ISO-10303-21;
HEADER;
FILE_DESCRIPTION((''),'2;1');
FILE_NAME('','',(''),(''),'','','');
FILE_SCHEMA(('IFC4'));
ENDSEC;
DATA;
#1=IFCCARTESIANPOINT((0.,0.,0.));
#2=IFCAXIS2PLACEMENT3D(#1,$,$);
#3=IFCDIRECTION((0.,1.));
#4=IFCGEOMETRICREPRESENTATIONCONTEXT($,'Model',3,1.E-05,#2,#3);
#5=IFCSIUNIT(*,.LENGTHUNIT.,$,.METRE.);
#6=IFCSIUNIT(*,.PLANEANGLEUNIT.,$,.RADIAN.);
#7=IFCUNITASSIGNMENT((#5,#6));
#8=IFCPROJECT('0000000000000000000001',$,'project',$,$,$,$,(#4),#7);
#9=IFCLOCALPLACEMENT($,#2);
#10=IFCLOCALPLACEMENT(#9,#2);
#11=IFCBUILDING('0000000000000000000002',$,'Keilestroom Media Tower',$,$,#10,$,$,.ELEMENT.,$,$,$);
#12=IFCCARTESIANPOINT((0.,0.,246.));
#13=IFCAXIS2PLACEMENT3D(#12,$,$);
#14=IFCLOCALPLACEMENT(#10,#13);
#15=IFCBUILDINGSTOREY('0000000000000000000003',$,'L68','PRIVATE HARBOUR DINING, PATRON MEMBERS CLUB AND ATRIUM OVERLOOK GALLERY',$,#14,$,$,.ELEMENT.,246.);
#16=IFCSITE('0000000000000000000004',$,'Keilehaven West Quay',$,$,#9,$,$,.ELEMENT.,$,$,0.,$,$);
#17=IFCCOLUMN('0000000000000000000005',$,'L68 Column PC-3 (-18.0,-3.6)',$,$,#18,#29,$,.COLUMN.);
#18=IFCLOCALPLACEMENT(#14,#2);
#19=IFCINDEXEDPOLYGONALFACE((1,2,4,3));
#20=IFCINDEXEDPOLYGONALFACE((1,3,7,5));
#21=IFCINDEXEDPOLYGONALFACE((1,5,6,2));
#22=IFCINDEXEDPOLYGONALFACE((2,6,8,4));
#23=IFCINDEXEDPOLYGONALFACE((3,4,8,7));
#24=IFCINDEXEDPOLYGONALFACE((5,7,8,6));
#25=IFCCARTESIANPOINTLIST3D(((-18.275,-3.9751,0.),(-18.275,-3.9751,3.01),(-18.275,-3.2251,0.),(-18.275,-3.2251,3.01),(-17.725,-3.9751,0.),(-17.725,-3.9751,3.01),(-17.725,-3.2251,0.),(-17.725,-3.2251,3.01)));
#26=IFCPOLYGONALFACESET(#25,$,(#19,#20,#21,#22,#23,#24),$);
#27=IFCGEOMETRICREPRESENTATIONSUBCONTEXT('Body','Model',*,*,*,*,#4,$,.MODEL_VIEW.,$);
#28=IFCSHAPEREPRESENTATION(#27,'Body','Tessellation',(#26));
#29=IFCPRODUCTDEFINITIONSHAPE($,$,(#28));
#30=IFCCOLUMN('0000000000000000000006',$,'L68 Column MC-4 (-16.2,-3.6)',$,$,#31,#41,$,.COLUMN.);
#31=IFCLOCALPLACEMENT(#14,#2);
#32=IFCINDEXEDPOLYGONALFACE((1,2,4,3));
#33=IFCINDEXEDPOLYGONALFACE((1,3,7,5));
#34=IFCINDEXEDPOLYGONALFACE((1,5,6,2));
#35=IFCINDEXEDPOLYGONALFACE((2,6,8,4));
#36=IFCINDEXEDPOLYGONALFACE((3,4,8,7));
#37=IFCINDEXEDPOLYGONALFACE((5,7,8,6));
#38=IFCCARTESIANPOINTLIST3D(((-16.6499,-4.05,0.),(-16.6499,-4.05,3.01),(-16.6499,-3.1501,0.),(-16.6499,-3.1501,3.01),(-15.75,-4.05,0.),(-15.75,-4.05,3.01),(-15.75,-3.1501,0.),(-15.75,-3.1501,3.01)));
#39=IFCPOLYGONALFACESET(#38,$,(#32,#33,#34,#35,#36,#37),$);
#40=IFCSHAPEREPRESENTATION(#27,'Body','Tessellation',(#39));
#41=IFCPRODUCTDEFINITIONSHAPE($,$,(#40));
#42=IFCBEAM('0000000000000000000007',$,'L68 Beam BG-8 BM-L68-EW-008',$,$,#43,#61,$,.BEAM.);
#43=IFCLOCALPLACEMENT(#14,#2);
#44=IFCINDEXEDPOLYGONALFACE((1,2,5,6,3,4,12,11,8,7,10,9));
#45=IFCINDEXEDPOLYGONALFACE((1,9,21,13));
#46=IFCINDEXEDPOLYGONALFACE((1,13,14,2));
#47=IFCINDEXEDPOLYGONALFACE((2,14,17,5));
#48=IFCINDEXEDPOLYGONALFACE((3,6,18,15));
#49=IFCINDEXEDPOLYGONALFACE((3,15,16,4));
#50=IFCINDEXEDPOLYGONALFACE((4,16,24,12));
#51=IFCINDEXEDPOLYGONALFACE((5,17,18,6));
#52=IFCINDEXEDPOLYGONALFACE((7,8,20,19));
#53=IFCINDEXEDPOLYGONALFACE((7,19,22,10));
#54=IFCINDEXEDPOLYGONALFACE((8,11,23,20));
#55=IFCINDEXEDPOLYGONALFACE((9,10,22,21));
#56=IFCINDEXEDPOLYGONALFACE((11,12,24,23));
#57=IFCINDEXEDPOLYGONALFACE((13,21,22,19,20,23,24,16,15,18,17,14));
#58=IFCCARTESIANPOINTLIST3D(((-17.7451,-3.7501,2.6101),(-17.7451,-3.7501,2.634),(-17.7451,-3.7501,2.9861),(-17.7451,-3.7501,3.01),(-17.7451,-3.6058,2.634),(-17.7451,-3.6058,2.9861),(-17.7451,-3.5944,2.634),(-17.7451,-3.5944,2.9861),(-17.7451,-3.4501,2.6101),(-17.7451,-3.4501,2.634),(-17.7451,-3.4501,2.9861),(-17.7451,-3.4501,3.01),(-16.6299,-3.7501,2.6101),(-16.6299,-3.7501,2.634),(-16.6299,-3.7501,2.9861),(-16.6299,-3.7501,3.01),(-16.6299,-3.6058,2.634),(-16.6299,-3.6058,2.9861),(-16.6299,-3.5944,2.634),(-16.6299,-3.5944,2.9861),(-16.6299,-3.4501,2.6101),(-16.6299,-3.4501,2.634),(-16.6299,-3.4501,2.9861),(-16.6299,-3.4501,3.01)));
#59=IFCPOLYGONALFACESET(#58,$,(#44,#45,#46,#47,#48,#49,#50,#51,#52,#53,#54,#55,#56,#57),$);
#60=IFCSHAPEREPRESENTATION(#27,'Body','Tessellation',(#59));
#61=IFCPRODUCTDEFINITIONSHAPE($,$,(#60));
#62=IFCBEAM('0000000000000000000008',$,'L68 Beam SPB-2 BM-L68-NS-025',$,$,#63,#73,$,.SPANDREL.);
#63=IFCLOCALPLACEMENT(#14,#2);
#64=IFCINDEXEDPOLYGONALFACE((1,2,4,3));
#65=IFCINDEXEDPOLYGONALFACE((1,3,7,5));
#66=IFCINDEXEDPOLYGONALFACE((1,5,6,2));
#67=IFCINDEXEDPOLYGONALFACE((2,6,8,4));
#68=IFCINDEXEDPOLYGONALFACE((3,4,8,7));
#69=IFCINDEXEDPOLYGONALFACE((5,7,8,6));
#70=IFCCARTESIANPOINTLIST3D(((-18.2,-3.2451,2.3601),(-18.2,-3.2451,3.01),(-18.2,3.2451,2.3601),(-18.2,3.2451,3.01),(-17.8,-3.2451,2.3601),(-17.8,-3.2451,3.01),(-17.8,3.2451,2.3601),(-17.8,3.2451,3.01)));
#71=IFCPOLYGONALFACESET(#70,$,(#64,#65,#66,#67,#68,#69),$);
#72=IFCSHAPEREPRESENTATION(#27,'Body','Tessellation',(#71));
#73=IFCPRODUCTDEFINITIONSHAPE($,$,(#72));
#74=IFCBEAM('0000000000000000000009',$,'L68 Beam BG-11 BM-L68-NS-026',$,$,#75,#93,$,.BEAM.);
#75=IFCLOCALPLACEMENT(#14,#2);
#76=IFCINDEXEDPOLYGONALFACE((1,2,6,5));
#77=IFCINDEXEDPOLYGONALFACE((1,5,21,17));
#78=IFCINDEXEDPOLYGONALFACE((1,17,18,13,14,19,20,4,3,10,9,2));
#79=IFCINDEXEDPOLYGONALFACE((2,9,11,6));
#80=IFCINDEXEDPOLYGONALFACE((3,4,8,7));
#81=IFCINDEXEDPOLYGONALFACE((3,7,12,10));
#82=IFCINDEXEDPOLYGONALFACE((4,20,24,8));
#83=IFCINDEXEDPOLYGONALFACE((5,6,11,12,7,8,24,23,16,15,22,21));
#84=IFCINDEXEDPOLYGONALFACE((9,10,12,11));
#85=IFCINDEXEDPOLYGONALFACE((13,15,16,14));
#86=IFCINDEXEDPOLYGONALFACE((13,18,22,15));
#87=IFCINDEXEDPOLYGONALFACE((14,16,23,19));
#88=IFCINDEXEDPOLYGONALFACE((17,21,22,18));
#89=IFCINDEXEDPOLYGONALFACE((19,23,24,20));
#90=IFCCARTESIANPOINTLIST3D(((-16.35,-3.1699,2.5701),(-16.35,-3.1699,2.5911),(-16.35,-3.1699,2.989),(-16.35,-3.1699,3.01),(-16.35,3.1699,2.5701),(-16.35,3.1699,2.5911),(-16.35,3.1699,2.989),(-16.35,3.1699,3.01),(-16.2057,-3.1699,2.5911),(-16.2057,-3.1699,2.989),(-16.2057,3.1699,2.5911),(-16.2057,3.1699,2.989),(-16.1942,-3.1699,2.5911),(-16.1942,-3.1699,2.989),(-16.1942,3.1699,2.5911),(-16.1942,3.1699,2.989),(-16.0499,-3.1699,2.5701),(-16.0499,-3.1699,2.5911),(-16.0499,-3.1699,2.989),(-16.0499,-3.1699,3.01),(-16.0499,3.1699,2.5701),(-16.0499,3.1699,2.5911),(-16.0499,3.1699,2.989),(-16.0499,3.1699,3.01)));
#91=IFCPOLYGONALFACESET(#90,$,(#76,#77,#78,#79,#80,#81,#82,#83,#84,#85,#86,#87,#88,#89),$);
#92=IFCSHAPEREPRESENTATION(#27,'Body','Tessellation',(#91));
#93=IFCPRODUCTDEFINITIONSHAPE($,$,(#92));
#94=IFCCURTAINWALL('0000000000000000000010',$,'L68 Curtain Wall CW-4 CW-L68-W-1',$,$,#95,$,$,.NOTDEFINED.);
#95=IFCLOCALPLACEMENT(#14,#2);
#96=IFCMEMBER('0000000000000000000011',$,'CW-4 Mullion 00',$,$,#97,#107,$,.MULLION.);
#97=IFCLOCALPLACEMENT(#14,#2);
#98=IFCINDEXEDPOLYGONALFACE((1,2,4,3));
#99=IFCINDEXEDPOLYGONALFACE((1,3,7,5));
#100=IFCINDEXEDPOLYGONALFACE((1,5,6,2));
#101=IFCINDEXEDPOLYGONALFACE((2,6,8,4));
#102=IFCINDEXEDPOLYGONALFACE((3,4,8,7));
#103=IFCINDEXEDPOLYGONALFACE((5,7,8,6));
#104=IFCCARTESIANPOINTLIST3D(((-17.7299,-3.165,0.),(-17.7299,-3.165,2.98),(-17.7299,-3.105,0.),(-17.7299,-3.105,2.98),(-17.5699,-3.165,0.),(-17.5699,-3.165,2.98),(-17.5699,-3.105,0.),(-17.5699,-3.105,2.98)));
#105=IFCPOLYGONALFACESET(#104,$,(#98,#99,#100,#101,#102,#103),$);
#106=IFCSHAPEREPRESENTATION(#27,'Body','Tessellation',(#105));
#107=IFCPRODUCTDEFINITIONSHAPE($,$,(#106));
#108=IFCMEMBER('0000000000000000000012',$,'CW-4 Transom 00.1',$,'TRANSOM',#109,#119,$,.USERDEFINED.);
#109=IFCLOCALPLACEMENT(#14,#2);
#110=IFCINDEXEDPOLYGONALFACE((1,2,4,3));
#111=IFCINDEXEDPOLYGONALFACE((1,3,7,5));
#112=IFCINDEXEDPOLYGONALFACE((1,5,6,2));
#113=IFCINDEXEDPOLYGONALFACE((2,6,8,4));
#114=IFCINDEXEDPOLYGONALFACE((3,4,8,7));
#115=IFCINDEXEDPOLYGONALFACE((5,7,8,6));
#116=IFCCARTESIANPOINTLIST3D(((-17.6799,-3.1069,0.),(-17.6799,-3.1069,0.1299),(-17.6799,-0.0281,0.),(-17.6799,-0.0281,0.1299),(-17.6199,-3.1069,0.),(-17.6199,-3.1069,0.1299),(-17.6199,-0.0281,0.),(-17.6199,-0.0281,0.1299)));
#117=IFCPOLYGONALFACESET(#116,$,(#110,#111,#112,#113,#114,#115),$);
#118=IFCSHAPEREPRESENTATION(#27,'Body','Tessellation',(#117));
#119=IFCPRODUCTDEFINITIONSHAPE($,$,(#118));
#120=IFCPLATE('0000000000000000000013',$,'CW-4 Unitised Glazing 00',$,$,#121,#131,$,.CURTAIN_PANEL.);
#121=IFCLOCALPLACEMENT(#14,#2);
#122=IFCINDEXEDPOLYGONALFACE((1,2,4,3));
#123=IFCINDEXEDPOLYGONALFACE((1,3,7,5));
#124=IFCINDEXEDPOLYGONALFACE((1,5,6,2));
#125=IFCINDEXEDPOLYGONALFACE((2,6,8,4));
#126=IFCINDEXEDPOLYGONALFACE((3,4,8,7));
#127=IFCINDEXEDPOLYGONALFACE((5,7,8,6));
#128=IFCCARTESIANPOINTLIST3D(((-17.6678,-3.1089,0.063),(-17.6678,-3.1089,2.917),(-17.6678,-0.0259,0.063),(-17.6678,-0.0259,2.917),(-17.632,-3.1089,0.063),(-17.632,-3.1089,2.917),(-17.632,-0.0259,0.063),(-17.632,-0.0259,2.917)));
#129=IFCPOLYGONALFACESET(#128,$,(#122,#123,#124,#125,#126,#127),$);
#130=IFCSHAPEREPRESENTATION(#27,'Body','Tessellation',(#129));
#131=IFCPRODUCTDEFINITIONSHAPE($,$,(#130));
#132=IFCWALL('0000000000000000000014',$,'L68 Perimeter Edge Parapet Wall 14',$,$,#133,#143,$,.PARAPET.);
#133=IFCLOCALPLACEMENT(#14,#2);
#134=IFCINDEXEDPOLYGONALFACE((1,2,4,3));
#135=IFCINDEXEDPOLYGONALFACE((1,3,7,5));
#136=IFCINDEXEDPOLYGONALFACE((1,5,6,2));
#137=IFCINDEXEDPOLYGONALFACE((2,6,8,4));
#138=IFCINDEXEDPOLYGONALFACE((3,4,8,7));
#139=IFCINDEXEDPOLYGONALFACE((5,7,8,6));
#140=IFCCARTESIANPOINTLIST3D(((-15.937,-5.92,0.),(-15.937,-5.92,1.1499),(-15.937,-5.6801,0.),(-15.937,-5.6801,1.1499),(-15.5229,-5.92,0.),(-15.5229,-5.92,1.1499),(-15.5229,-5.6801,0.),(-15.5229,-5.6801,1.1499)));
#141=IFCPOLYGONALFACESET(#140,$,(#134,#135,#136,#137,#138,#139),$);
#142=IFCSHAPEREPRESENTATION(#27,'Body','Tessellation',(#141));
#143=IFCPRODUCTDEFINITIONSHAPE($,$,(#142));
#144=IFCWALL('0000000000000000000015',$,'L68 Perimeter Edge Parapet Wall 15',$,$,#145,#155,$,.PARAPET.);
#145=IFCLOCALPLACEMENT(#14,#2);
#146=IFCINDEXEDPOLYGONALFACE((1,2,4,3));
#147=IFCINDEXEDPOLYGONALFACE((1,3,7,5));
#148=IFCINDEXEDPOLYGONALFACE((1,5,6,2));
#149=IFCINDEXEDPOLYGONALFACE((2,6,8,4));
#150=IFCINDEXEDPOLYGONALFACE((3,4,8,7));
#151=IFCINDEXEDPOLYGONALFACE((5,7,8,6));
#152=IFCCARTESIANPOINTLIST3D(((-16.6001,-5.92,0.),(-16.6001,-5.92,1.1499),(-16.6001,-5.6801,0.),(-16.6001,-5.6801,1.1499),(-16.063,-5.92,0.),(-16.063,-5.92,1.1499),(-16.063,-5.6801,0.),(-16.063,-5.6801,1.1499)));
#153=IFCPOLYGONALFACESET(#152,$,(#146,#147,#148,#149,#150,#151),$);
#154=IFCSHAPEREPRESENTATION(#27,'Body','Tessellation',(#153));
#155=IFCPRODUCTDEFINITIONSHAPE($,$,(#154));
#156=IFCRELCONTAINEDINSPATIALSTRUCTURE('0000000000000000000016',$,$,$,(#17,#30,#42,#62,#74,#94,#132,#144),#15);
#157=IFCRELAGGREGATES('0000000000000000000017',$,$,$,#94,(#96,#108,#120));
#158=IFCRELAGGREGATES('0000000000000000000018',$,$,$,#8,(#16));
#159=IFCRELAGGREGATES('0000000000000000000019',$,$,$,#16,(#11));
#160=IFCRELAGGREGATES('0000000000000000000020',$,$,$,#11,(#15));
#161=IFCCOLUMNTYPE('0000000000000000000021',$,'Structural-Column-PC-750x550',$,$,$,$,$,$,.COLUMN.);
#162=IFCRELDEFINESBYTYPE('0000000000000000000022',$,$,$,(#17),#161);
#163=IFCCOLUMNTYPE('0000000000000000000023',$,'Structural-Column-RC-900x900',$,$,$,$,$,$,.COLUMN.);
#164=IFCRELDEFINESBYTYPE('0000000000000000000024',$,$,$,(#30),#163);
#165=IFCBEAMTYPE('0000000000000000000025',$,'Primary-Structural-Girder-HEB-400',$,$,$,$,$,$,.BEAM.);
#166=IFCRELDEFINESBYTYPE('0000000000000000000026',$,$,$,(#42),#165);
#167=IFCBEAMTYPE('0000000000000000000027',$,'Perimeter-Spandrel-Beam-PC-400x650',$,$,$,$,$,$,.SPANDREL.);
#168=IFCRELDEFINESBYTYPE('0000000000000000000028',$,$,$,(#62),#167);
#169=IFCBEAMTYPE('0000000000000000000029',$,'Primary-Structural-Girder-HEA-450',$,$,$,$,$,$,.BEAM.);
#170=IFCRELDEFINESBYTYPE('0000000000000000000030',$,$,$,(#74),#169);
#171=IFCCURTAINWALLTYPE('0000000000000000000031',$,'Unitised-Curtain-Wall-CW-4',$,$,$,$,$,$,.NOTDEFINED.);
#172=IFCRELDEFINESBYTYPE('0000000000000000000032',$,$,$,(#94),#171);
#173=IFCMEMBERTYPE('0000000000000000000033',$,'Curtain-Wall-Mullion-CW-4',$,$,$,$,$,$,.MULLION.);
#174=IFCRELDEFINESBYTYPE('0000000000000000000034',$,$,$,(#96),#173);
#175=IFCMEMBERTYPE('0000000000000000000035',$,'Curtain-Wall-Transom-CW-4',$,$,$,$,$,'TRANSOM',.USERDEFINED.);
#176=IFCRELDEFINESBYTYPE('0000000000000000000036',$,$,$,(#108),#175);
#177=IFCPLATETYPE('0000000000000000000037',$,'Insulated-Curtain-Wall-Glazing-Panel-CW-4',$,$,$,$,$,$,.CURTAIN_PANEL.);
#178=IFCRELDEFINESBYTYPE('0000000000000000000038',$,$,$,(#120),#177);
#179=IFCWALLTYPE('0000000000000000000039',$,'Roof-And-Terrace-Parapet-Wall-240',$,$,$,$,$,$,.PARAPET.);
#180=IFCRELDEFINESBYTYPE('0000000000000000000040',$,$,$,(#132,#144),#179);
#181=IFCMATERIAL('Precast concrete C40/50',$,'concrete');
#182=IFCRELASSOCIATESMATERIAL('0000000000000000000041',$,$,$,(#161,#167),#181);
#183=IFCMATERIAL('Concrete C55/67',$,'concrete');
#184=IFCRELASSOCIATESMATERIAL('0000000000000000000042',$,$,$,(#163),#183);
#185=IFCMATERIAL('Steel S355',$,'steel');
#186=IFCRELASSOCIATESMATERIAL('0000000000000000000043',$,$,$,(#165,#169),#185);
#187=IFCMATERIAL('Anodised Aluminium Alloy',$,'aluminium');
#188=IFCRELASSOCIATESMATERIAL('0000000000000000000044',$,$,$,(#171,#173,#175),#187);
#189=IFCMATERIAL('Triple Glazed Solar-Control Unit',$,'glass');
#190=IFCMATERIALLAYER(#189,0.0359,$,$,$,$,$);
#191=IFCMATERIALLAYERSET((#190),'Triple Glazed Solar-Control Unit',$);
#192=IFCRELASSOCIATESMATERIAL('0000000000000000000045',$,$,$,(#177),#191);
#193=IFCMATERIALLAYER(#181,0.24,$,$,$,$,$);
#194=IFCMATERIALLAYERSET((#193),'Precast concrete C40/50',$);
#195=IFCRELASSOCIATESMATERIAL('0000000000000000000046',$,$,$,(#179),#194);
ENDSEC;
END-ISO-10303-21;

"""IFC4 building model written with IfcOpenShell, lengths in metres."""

from ifc_helpers import new_model, si_unit, direction, frame, frame_2d, origin, origin_2d, place, context, subcontext, project, spatial, rectangle, i_section, extrude, source, transform, mapped, material, layer, layer_set, material_profile, profile_set, type_object, element, aggregate, save


model = new_model("IFC4")

# Units and contexts
model_context = context("Model", 3, precision=1e-05, world=origin(), true_north=direction((0.0, 1.0)))
body_context = subcontext(model_context, "Body", "Model", "MODEL_VIEW")
ifc_project = project(units=[si_unit("LENGTHUNIT", "METRE"), si_unit("PLANEANGLEUNIT", "RADIAN")], contexts=[model_context])

# Site, building, storey
site_placement = place(None, origin())
site = spatial("IfcSite", under=ifc_project, at=site_placement, Name="Keilehaven West Quay", CompositionType="ELEMENT", RefElevation=0.0)
building_placement = place(site_placement, origin())
building = spatial("IfcBuilding", under=site, at=building_placement, Name="Keilestroom Media Tower", CompositionType="ELEMENT")
storey_placement = place(building_placement, frame((0.0, 0.0, 246.0)))
storey = spatial("IfcBuildingStorey", under=building, at=storey_placement, Name="L68", Description="PRIVATE HARBOUR DINING, PATRON MEMBERS CLUB AND ATRIUM OVERLOOK GALLERY", CompositionType="ELEMENT", Elevation=246.0)

# Columns
ifc_material_1 = material(Name="Precast concrete C40/50", Category="concrete")
ifc_material_profile_1 = material_profile(ifc_material_1, rectangle(XDim=0.55, YDim=0.75, at=origin_2d()), Name="PC 750x550")
ifc_profile_set_1 = profile_set([ifc_material_profile_1], Name="Precast concrete C40/50")
column_type_1 = type_object("IfcColumnType", Name="Structural-Column-PC-750x550", PredefinedType="COLUMN", material=ifc_profile_set_1)
shared_shape_1 = source(origin(), body_context, "Body", "SweptSolid", [
    extrude(rectangle(XDim=0.55, YDim=0.75, at=origin_2d()), origin(), (0.0, 0.0, 1.0), 3.01),
])
column_1_placement = place(storey_placement, frame((-18.0, -3.6001, 0.0), z_axis=(0.0, 0.0, 1.0), x_axis=(1.0, 0.0, 0.0)))
element("IfcColumn", 1, at=column_1_placement, inside=storey, type_object=column_type_1, Name="L68 Column PC-3 (-18.0,-3.6)", PredefinedType="COLUMN", context=body_context, shape_type="MappedRepresentation", body=[
    mapped(shared_shape_1, transform((0.0, 0.0, 0.0), x_axis=(1.0, 0.0, 0.0), y_axis=(0.0, 1.0, 0.0), z_axis=(0.0, 0.0, 1.0), scale=1.0)),
])
ifc_material_2 = material(Name="Concrete C55/67", Category="concrete")
ifc_material_profile_2 = material_profile(ifc_material_2, rectangle(XDim=0.8999, YDim=0.8999, at=origin_2d()), Name="RC 900x900")
ifc_profile_set_2 = profile_set([ifc_material_profile_2], Name="Concrete C55/67")
column_type_2 = type_object("IfcColumnType", Name="Structural-Column-RC-900x900", PredefinedType="COLUMN", material=ifc_profile_set_2)
shared_shape_2 = source(origin(), body_context, "Body", "SweptSolid", [
    extrude(rectangle(XDim=0.8999, YDim=0.8999, at=origin_2d()), origin(), (0.0, 0.0, 1.0), 3.01),
])
column_2_placement = place(storey_placement, frame((-16.2, -3.6001, 0.0), z_axis=(0.0, 0.0, 1.0), x_axis=(1.0, 0.0, 0.0)))
element("IfcColumn", 2, at=column_2_placement, inside=storey, type_object=column_type_2, Name="L68 Column MC-4 (-16.2,-3.6)", PredefinedType="COLUMN", context=body_context, shape_type="MappedRepresentation", body=[
    mapped(shared_shape_2, transform((0.0, 0.0, 0.0), x_axis=(1.0, 0.0, 0.0), y_axis=(0.0, 1.0, 0.0), z_axis=(0.0, 0.0, 1.0), scale=1.0)),
])

# Beams
ifc_material_3 = material(Name="Steel S355", Category="steel")
ifc_material_profile_3 = material_profile(ifc_material_3, i_section(OverallWidth=0.3, OverallDepth=0.3999, WebThickness=0.0115, FlangeThickness=0.0239, at=origin_2d()), Name="HEB 400")
ifc_profile_set_3 = profile_set([ifc_material_profile_3], Name="Steel S355")
beam_type_1 = type_object("IfcBeamType", Name="Primary-Structural-Girder-HEB-400", PredefinedType="BEAM", material=ifc_profile_set_3)
shared_shape_3 = source(origin(), body_context, "Body", "SweptSolid", [
    extrude(i_section(OverallWidth=0.3, OverallDepth=0.3999, WebThickness=0.0115, FlangeThickness=0.0239, at=origin_2d()), origin(), (0.0, 0.0, 1.0), 1.1152),
])
beam_1_placement = place(storey_placement, frame((-17.7451, -3.6001, 2.8101), z_axis=(1.0, 0.0, 0.0), x_axis=(0.0, 1.0, 0.0)))
element("IfcBeam", 3, at=beam_1_placement, inside=storey, type_object=beam_type_1, Name="L68 Beam BG-8 BM-L68-EW-008", PredefinedType="BEAM", context=body_context, shape_type="MappedRepresentation", body=[
    mapped(shared_shape_3, transform((0.0, 0.0, 0.0), x_axis=(1.0, 0.0, 0.0), y_axis=(0.0, 1.0, 0.0), z_axis=(0.0, 0.0, 1.0), scale=1.0)),
])
ifc_material_profile_4 = material_profile(ifc_material_1, rectangle(XDim=0.3999, YDim=0.6499, at=origin_2d()), Name="PC 400x650")
ifc_profile_set_4 = profile_set([ifc_material_profile_4], Name="Precast concrete C40/50")
beam_type_2 = type_object("IfcBeamType", Name="Perimeter-Spandrel-Beam-PC-400x650", PredefinedType="SPANDREL", material=ifc_profile_set_4)
shared_shape_4 = source(origin(), body_context, "Body", "SweptSolid", [
    extrude(rectangle(XDim=0.3999, YDim=0.6499, at=origin_2d()), origin(), (0.0, 0.0, 1.0), 6.4902),
])
beam_2_placement = place(storey_placement, frame((-18.0, -3.2451, 2.6851), z_axis=(0.0, 1.0, 0.0), x_axis=(-1.0, 0.0, 0.0)))
element("IfcBeam", 4, at=beam_2_placement, inside=storey, type_object=beam_type_2, Name="L68 Beam SPB-2 BM-L68-NS-025", PredefinedType="SPANDREL", context=body_context, shape_type="MappedRepresentation", body=[
    mapped(shared_shape_4, transform((0.0, 0.0, 0.0), x_axis=(1.0, 0.0, 0.0), y_axis=(0.0, 1.0, 0.0), z_axis=(0.0, 0.0, 1.0), scale=1.0)),
])
ifc_material_profile_5 = material_profile(ifc_material_3, i_section(OverallWidth=0.3, OverallDepth=0.4399, WebThickness=0.0115, FlangeThickness=0.021, at=origin_2d()), Name="HEA 450")
ifc_profile_set_5 = profile_set([ifc_material_profile_5], Name="Steel S355")
beam_type_3 = type_object("IfcBeamType", Name="Primary-Structural-Girder-HEA-450", PredefinedType="BEAM", material=ifc_profile_set_5)
shared_shape_5 = source(origin(), body_context, "Body", "SweptSolid", [
    extrude(i_section(OverallWidth=0.3, OverallDepth=0.4399, WebThickness=0.0115, FlangeThickness=0.021, at=origin_2d()), origin(), (0.0, 0.0, 1.0), 6.3398),
])
beam_3_placement = place(storey_placement, frame((-16.2, -3.1699, 2.79), z_axis=(0.0, 1.0, 0.0), x_axis=(-1.0, 0.0, 0.0)))
element("IfcBeam", 5, at=beam_3_placement, inside=storey, type_object=beam_type_3, Name="L68 Beam BG-11 BM-L68-NS-026", PredefinedType="BEAM", context=body_context, shape_type="MappedRepresentation", body=[
    mapped(shared_shape_5, transform((0.0, 0.0, 0.0), x_axis=(1.0, 0.0, 0.0), y_axis=(0.0, 1.0, 0.0), z_axis=(0.0, 0.0, 1.0), scale=1.0)),
])

# Curtain wall, members, plate
ifc_material_4 = material(Name="Anodised Aluminium Alloy", Category="aluminium")
curtain_wall_type = type_object("IfcCurtainWallType", Name="Unitised-Curtain-Wall-CW-4", PredefinedType="NOTDEFINED", material=ifc_material_4)
curtain_wall_placement = place(storey_placement, origin())
curtain_wall = element("IfcCurtainWall", 6, at=curtain_wall_placement, inside=storey, type_object=curtain_wall_type, Name="L68 Curtain Wall CW-4 CW-L68-W-1", PredefinedType="NOTDEFINED")
ifc_material_profile_6 = material_profile(ifc_material_4, rectangle(XDim=0.0601, YDim=0.1599, at=origin_2d()), Name="ALU MULLION 60x160")
ifc_profile_set_6 = profile_set([ifc_material_profile_6], Name="Anodised Aluminium Alloy")
member_type_1 = type_object("IfcMemberType", Name="Curtain-Wall-Mullion-CW-4", PredefinedType="MULLION", material=ifc_profile_set_6)
shared_shape_6 = source(origin(), body_context, "Body", "SweptSolid", [
    extrude(rectangle(XDim=0.0601, YDim=0.1599, at=origin_2d()), origin(), (0.0, 0.0, 1.0), 2.98),
])
member_1_placement = place(storey_placement, frame((-17.6499, -3.135, 0.0), z_axis=(0.0, 0.0, 1.0), x_axis=(0.0, 1.0, 0.0)))
member_1 = element("IfcMember", 7, at=member_1_placement, type_object=member_type_1, Name="CW-4 Mullion 00", PredefinedType="MULLION", context=body_context, shape_type="MappedRepresentation", body=[
    mapped(shared_shape_6, transform((0.0, 0.0, 0.0), x_axis=(1.0, 0.0, 0.0), y_axis=(0.0, 1.0, 0.0), z_axis=(0.0, 0.0, 1.0), scale=1.0)),
])
ifc_material_profile_7 = material_profile(ifc_material_4, rectangle(XDim=0.0601, YDim=0.1299, at=origin_2d()), Name="ALU TRANSOM 60x130")
ifc_profile_set_7 = profile_set([ifc_material_profile_7], Name="Anodised Aluminium Alloy")
member_type_2 = type_object("IfcMemberType", Name="Curtain-Wall-Transom-CW-4", ElementType="TRANSOM", PredefinedType="USERDEFINED", material=ifc_profile_set_7)
shared_shape_7 = source(origin(), body_context, "Body", "SweptSolid", [
    extrude(rectangle(XDim=0.0601, YDim=0.1299, at=origin_2d()), origin(), (0.0, 0.0, 1.0), 3.0789),
])
member_2_placement = place(storey_placement, frame((-17.6499, -3.1069, 0.0649), z_axis=(0.0, 1.0, 0.0), x_axis=(-1.0, 0.0, 0.0)))
member_2 = element("IfcMember", 8, at=member_2_placement, type_object=member_type_2, Name="CW-4 Transom 00.1", ObjectType="TRANSOM", PredefinedType="USERDEFINED", context=body_context, shape_type="MappedRepresentation", body=[
    mapped(shared_shape_7, transform((0.0, 0.0, 0.0), x_axis=(1.0, 0.0, 0.0), y_axis=(0.0, 1.0, 0.0), z_axis=(0.0, 0.0, 1.0), scale=1.0)),
])
ifc_material_5 = material(Name="Triple Glazed Solar-Control Unit", Category="glass")
ifc_layer_1 = layer(ifc_material_5, 0.0359)
ifc_layer_set_1 = layer_set([ifc_layer_1], Name="Triple Glazed Solar-Control Unit")
plate_type = type_object("IfcPlateType", Name="Insulated-Curtain-Wall-Glazing-Panel-CW-4", PredefinedType="CURTAIN_PANEL", material=ifc_layer_set_1)
shared_shape_8 = source(origin(), body_context, "Body", "SweptSolid", [
    extrude(rectangle(XDim=3.083, YDim=0.0359, at=origin_2d()), origin(), (0.0, 0.0, 1.0), 2.854),
])
plate_placement = place(storey_placement, frame((-17.6499, -1.5674, 0.063), z_axis=(0.0, 0.0, 1.0), x_axis=(0.0, 1.0, 0.0)))
plate = element("IfcPlate", 9, at=plate_placement, type_object=plate_type, Name="CW-4 Unitised Glazing 00", PredefinedType="CURTAIN_PANEL", context=body_context, shape_type="MappedRepresentation", body=[
    mapped(shared_shape_8, transform((0.0, 0.0, 0.0), x_axis=(1.0, 0.0, 0.0), y_axis=(0.0, 1.0, 0.0), z_axis=(0.0, 0.0, 1.0), scale=1.0)),
])
aggregate(curtain_wall, [member_1, member_2, plate])

# Walls
ifc_layer_2 = layer(ifc_material_1, 0.24)
ifc_layer_set_2 = layer_set([ifc_layer_2], Name="Precast concrete C40/50")
wall_type = type_object("IfcWallType", Name="Roof-And-Terrace-Parapet-Wall-240", PredefinedType="PARAPET", material=ifc_layer_set_2)
wall_1_placement = place(storey_placement, frame((-15.5229, -5.8, 0.0), z_axis=(0.0, 0.0, 1.0), x_axis=(-1.0, 0.0, 0.0)))
element("IfcWall", 10, at=wall_1_placement, inside=storey, type_object=wall_type, Name="L68 Perimeter Edge Parapet Wall 14", PredefinedType="PARAPET", context=body_context, shape_type="SweptSolid", body=[
    extrude(rectangle(XDim=0.4141, YDim=0.24, at=frame_2d((0.207, 0.0))), origin(), (0.0, 0.0, 1.0), 1.1499),
])
wall_2_placement = place(storey_placement, frame((-16.063, -5.8, 0.0), z_axis=(0.0, 0.0, 1.0), x_axis=(-1.0, 0.0, 0.0)))
element("IfcWall", 11, at=wall_2_placement, inside=storey, type_object=wall_type, Name="L68 Perimeter Edge Parapet Wall 15", PredefinedType="PARAPET", context=body_context, shape_type="SweptSolid", body=[
    extrude(rectangle(XDim=0.5371, YDim=0.24, at=frame_2d((0.2686, 0.0))), origin(), (0.0, 0.0, 1.0), 1.1499),
])

save(model, "model.ifc")
